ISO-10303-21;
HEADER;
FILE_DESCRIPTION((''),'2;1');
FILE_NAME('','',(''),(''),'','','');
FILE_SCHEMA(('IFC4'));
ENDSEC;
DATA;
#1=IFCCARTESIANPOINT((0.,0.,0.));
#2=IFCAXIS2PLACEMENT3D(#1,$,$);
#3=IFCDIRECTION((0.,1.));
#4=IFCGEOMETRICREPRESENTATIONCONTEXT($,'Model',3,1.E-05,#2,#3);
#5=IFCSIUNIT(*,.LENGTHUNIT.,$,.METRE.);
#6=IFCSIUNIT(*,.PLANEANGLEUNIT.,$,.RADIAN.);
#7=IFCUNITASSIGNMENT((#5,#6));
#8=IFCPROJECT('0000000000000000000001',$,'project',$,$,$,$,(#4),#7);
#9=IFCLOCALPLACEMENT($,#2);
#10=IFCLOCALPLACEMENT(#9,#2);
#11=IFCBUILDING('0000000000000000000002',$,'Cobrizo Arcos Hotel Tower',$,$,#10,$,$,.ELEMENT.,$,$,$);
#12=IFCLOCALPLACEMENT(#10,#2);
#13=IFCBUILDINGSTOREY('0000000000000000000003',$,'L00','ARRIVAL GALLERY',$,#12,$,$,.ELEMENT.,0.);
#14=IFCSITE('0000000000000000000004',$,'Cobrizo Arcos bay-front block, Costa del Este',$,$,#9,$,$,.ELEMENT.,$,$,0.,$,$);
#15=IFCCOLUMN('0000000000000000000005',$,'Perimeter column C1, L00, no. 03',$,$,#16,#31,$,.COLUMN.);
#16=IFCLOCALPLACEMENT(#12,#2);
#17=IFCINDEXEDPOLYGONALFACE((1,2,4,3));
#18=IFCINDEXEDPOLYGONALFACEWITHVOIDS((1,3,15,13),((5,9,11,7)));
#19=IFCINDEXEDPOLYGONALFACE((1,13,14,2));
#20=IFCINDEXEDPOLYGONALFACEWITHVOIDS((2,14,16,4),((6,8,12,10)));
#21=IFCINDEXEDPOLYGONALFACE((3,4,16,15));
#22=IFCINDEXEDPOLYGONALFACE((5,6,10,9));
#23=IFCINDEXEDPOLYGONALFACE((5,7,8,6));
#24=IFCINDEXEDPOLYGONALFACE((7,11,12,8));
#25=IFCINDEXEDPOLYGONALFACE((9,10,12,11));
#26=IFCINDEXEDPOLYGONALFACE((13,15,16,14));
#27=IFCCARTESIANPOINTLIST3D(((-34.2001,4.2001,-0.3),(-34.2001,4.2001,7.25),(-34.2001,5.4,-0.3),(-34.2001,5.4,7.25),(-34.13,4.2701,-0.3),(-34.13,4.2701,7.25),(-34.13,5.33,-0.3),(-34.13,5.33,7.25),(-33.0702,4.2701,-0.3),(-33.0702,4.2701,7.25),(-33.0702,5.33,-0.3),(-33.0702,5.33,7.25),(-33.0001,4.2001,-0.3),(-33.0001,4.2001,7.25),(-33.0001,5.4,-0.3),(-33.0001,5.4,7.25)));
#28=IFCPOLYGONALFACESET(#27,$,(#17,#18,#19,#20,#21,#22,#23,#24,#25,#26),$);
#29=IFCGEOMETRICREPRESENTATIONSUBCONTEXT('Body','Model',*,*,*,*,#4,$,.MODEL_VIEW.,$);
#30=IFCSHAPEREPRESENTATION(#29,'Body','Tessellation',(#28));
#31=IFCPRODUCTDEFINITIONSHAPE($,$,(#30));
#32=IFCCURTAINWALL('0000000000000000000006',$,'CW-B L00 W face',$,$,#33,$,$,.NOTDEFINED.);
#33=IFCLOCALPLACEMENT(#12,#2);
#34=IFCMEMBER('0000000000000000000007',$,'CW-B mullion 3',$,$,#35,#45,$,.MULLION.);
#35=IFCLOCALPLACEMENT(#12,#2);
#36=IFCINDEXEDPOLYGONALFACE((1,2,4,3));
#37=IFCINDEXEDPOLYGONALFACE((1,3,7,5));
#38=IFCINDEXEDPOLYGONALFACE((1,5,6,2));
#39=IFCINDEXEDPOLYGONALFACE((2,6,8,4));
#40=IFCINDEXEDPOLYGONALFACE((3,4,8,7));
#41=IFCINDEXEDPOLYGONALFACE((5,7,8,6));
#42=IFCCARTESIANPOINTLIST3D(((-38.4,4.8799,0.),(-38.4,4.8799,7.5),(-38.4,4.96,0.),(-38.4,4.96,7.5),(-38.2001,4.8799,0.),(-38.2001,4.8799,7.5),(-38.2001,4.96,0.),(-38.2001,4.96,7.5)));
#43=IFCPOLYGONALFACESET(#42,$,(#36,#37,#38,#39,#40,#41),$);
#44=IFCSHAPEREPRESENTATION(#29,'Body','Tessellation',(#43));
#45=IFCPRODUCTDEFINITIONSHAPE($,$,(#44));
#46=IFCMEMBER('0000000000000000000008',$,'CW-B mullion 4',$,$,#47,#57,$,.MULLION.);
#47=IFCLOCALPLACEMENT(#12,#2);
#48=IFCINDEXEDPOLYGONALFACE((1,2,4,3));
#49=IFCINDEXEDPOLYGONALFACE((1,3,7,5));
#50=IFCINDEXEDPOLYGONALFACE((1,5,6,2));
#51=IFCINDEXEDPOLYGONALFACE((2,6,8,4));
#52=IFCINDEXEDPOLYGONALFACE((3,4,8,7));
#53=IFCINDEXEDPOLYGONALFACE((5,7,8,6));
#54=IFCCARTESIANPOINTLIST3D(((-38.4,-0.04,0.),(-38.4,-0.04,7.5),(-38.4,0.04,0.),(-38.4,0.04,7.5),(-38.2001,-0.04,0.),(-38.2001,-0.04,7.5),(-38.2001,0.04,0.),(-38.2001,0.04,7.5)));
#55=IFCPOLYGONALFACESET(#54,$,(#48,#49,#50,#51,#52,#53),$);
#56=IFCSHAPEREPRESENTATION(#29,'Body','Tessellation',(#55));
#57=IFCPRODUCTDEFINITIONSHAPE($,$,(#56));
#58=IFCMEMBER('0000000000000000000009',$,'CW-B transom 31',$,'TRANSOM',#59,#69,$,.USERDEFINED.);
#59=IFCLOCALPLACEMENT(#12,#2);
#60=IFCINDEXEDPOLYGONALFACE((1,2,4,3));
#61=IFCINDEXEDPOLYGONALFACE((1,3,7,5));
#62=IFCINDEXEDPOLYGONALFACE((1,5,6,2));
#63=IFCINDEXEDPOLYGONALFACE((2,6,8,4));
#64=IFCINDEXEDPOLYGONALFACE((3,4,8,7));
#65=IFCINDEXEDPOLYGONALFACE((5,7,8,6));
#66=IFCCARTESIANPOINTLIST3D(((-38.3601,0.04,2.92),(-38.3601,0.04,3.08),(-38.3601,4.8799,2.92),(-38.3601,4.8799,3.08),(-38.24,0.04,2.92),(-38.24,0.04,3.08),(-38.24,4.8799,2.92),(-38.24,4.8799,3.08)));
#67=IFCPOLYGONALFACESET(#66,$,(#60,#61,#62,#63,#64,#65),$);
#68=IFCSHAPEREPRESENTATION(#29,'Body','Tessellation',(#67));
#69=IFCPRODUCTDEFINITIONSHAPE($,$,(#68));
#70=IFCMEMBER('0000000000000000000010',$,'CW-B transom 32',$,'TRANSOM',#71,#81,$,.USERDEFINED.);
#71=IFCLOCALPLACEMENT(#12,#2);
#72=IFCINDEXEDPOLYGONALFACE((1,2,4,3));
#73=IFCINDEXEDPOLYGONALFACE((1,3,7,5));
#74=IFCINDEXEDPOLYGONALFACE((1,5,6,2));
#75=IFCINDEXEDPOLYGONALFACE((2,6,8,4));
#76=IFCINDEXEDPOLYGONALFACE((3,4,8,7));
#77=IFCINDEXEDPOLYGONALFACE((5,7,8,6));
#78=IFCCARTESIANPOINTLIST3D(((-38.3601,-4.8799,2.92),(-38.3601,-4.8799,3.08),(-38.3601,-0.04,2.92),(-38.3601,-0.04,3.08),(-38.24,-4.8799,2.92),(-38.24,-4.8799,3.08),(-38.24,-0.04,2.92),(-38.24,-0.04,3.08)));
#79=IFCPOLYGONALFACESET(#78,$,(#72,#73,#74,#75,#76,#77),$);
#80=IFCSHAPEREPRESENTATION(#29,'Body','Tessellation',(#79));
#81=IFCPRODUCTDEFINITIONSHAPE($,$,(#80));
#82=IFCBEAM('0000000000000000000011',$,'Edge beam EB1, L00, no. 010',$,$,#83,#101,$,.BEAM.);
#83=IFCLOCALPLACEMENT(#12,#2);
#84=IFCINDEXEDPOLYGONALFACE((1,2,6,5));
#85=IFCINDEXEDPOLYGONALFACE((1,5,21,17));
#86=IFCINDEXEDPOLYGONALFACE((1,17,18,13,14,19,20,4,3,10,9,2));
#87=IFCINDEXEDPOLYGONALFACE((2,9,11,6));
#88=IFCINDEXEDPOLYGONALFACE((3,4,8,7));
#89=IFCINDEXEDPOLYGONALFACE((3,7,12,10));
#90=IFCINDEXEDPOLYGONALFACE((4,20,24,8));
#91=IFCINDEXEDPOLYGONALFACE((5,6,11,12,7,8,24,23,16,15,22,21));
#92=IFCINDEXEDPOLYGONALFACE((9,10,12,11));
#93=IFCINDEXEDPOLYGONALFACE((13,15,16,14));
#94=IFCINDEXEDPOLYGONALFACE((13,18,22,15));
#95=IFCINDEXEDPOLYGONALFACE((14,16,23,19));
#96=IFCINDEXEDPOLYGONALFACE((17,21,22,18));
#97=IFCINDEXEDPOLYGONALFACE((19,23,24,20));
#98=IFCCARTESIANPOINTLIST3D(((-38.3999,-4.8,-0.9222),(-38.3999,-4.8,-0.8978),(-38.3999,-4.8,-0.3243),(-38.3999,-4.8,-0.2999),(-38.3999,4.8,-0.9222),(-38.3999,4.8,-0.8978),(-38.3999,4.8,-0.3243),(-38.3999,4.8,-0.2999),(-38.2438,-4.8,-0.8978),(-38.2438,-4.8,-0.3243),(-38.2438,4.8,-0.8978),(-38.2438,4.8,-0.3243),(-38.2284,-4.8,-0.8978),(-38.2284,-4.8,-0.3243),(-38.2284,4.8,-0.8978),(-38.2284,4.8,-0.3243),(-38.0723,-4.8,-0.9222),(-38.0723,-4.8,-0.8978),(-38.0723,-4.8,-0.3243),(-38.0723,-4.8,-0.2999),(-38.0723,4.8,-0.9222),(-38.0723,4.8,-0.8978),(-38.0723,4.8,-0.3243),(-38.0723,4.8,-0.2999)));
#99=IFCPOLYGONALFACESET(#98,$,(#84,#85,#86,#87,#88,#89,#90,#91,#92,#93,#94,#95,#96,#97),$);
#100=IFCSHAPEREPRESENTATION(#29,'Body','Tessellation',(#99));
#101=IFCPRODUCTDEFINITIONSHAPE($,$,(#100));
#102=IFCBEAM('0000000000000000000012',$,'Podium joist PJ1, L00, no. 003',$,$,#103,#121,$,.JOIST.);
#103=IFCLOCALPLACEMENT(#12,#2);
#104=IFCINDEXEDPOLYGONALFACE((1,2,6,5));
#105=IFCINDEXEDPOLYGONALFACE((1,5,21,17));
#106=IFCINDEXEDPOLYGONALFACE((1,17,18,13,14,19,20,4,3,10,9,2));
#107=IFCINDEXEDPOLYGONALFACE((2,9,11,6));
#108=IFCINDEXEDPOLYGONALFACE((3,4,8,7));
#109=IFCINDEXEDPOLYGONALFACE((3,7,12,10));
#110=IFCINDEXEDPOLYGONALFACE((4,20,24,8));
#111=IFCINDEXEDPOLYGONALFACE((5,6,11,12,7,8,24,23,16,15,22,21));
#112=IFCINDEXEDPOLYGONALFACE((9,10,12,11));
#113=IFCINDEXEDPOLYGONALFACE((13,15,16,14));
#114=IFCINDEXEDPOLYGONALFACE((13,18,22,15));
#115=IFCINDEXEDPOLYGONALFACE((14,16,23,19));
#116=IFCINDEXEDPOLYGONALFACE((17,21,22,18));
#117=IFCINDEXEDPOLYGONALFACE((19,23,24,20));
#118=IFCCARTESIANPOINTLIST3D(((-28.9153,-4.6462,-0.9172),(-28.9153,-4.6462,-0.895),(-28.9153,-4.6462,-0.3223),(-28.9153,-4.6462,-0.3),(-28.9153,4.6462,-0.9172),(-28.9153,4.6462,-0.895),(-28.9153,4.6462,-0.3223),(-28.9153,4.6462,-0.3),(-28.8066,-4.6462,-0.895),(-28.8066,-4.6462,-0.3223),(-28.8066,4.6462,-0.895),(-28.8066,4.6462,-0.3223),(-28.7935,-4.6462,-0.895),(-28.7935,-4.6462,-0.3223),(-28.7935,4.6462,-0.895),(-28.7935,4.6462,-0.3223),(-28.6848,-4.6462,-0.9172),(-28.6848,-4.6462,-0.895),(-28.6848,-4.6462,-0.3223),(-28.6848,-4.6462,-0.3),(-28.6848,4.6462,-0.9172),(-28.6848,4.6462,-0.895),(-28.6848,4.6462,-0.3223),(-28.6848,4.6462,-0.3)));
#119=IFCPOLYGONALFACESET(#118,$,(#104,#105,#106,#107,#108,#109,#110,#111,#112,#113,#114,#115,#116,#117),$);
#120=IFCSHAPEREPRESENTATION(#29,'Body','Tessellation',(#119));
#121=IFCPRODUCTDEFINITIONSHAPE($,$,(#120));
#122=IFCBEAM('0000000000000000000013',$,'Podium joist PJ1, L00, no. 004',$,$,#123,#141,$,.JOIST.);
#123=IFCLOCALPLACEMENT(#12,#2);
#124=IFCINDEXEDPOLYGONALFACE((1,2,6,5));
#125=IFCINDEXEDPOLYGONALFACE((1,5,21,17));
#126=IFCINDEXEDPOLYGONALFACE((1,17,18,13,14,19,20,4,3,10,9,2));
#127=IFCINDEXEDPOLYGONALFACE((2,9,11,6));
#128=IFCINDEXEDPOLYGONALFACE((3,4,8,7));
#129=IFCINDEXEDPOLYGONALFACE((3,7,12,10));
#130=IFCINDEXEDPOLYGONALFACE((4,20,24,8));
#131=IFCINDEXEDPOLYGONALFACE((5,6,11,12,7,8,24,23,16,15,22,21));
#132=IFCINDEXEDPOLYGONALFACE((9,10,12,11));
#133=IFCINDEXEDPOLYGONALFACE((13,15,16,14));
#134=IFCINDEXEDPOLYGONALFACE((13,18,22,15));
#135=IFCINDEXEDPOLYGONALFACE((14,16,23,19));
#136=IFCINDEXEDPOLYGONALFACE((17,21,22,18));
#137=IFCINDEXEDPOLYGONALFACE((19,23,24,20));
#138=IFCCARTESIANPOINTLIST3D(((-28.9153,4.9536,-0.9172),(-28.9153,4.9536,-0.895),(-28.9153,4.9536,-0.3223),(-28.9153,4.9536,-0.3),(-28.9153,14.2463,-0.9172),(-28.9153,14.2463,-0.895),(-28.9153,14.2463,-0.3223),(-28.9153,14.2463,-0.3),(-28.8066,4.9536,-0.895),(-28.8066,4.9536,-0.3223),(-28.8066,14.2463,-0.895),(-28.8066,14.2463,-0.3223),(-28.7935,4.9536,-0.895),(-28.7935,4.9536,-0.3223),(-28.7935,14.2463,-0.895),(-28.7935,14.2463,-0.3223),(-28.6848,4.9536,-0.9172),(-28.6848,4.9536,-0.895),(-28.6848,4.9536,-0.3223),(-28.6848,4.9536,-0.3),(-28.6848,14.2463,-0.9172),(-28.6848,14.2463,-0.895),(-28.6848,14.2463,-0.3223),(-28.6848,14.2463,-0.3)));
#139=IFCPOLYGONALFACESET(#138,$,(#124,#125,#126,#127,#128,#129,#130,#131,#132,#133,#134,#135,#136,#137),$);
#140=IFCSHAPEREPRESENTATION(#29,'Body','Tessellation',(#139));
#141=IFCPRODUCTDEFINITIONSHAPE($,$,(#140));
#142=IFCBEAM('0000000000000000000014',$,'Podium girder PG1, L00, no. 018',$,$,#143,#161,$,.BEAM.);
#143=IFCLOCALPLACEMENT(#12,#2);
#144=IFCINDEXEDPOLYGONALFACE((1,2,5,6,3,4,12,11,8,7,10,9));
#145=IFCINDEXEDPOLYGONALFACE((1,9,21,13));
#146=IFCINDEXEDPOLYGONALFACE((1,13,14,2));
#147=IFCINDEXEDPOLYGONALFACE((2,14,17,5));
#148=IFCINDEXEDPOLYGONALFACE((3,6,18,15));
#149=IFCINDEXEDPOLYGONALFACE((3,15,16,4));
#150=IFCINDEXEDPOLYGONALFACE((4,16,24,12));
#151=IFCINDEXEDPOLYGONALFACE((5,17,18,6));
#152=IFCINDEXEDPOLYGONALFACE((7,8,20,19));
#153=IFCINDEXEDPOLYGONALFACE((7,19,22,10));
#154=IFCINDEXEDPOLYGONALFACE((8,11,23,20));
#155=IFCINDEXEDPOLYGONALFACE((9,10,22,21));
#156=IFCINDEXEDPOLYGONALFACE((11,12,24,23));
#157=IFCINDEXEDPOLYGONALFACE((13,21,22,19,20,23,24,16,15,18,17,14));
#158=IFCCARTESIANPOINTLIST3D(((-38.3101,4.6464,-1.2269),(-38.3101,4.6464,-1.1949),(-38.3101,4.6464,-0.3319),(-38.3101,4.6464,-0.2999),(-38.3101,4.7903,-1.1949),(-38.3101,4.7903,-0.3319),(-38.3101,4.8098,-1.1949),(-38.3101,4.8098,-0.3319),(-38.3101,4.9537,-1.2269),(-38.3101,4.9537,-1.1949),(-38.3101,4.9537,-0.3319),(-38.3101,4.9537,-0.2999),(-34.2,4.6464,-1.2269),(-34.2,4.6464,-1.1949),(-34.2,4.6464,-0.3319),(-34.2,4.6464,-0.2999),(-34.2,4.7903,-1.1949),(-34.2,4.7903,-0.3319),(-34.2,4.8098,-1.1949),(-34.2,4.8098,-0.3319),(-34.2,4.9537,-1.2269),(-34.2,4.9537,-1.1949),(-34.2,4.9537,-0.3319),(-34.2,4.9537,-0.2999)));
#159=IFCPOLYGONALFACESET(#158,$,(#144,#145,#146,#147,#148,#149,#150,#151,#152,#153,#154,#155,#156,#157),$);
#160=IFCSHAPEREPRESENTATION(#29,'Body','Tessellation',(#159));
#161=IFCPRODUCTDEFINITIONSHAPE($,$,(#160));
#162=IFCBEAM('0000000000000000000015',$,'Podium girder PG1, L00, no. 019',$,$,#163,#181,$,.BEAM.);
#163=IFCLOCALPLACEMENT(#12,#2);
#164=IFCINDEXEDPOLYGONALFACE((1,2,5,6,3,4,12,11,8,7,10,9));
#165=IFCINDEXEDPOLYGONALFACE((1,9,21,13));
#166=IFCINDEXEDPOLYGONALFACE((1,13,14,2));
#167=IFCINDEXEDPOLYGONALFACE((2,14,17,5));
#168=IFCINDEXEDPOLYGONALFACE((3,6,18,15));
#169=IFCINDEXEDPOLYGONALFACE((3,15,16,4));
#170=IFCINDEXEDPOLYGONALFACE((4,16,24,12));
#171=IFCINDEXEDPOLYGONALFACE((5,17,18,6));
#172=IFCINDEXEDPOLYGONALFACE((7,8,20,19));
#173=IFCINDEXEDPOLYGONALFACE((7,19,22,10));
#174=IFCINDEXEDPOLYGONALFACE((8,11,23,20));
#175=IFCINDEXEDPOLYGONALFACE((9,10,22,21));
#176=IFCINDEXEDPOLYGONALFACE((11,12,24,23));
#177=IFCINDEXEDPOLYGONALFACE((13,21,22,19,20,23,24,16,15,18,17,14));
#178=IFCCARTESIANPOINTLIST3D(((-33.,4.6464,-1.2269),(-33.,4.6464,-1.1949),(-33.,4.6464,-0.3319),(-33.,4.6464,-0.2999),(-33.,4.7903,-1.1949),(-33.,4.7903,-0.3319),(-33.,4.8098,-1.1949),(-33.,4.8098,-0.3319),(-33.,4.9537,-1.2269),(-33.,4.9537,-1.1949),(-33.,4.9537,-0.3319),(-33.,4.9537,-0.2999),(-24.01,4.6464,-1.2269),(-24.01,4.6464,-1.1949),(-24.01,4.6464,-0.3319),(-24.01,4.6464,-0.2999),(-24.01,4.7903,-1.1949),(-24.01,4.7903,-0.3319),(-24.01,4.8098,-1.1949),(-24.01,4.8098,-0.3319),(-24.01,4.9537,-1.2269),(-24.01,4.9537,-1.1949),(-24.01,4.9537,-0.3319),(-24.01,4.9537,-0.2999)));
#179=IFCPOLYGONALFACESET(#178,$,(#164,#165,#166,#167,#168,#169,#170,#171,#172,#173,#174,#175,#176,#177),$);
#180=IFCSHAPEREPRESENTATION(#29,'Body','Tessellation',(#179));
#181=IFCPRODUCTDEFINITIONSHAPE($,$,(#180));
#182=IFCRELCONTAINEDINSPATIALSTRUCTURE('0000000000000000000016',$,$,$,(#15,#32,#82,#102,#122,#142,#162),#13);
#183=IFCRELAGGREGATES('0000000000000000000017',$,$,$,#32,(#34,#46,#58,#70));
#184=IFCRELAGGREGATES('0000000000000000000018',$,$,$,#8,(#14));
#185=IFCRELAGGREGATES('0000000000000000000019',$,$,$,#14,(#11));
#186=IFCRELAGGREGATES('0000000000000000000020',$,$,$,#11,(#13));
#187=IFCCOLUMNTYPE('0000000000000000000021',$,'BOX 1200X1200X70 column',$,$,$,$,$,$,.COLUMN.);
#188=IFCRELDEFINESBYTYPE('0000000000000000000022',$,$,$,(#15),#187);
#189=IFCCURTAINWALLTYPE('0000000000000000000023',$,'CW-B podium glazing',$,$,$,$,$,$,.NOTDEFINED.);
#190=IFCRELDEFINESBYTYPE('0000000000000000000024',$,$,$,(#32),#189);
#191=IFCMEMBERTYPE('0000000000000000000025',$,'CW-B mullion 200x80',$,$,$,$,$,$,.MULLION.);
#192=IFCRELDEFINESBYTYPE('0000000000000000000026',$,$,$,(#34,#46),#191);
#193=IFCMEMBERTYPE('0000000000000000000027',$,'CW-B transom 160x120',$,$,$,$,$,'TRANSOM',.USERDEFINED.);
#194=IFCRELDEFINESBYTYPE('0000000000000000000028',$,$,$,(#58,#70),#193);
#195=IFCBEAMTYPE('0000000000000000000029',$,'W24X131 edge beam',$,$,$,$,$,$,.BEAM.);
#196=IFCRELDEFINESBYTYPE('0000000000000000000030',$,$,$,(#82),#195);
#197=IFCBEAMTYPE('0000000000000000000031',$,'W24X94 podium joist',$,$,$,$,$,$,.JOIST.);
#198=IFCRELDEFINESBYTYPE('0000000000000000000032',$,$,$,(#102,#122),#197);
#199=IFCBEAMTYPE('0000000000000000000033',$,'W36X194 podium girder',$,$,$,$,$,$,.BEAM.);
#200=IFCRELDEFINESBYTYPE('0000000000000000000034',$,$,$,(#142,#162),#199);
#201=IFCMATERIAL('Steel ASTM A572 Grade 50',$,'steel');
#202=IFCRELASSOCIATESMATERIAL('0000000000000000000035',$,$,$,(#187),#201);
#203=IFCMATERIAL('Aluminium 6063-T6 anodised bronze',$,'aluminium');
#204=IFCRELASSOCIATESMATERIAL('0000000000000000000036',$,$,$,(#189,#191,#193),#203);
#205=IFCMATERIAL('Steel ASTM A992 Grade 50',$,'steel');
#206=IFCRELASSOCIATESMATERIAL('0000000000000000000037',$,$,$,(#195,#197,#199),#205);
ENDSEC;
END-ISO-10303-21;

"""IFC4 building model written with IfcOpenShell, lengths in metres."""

from ifc_helpers import new_model, si_unit, direction, frame, origin, origin_2d, place, context, subcontext, project, spatial, rectangle, hollow_rectangle, i_section, extrude, material, material_profile, profile_set, type_object, element, aggregate, save


model = new_model("IFC4")

# Units and contexts
model_context = context("Model", 3, precision=1e-05, world=origin(), true_north=direction((0.0, 1.0)))
body_context = subcontext(model_context, "Body", "Model", "MODEL_VIEW")
ifc_project = project(units=[si_unit("LENGTHUNIT", "METRE"), si_unit("PLANEANGLEUNIT", "RADIAN")], contexts=[model_context])

# Site, building, storey
site_placement = place(None, origin())
site = spatial("IfcSite", under=ifc_project, at=site_placement, Name="Cobrizo Arcos bay-front block, Costa del Este", CompositionType="ELEMENT", RefElevation=0.0)
building_placement = place(site_placement, origin())
building = spatial("IfcBuilding", under=site, at=building_placement, Name="Cobrizo Arcos Hotel Tower", CompositionType="ELEMENT")
storey_placement = place(building_placement, origin())
storey = spatial("IfcBuildingStorey", under=building, at=storey_placement, Name="L00", Description="ARRIVAL GALLERY", CompositionType="ELEMENT", Elevation=0.0)

# Column
ifc_material_1 = material(Name="Steel ASTM A572 Grade 50", Category="steel")
ifc_material_profile_1 = material_profile(ifc_material_1, hollow_rectangle(XDim=1.2, YDim=1.2, WallThickness=0.0701, at=origin_2d()), Name="BOX 1200X1200X70")
ifc_profile_set_1 = profile_set([ifc_material_profile_1], Name="Steel ASTM A572 Grade 50")
column_type = type_object("IfcColumnType", Name="BOX 1200X1200X70 column", PredefinedType="COLUMN", material=ifc_profile_set_1)
column_placement = place(storey_placement, frame((-33.6001, 4.8, -0.3), z_axis=(0.0, 0.0, 1.0), x_axis=(1.0, 0.0, 0.0)))
element("IfcColumn", 1, at=column_placement, inside=storey, type_object=column_type, Name="Perimeter column C1, L00, no. 03", PredefinedType="COLUMN", context=body_context, shape_type="SweptSolid", body=[
    extrude(hollow_rectangle(XDim=1.2, YDim=1.2, WallThickness=0.0701, at=origin_2d()), origin(), (0.0, 0.0, 1.0), 7.55),
])

# Curtain wall, members
ifc_material_2 = material(Name="Aluminium 6063-T6 anodised bronze", Category="aluminium")
curtain_wall_type = type_object("IfcCurtainWallType", Name="CW-B podium glazing", PredefinedType="NOTDEFINED", material=ifc_material_2)
curtain_wall_placement = place(storey_placement, origin())
curtain_wall = element("IfcCurtainWall", 2, at=curtain_wall_placement, inside=storey, type_object=curtain_wall_type, Name="CW-B L00 W face", PredefinedType="NOTDEFINED")
ifc_material_profile_2 = material_profile(ifc_material_2, rectangle(XDim=0.2, YDim=0.0801, at=origin_2d()), Name="CW-B mullion 200x80")
ifc_profile_set_2 = profile_set([ifc_material_profile_2], Name="Aluminium 6063-T6 anodised bronze")
member_type_1 = type_object("IfcMemberType", Name="CW-B mullion 200x80", PredefinedType="MULLION", material=ifc_profile_set_2)
member_1_placement = place(storey_placement, frame((-38.3, 4.9199, 0.0), z_axis=(0.0, 0.0, 1.0), x_axis=(-1.0, 0.0, 0.0)))
member_1 = element("IfcMember", 3, at=member_1_placement, type_object=member_type_1, Name="CW-B mullion 3", PredefinedType="MULLION", context=body_context, shape_type="SweptSolid", body=[
    extrude(rectangle(XDim=0.2, YDim=0.0801, at=origin_2d()), origin(), (0.0, 0.0, 1.0), 7.5),
])
member_2_placement = place(storey_placement, frame((-38.3, 0.0, 0.0), z_axis=(0.0, 0.0, 1.0), x_axis=(-1.0, 0.0, 0.0)))
member_2 = element("IfcMember", 4, at=member_2_placement, type_object=member_type_1, Name="CW-B mullion 4", PredefinedType="MULLION", context=body_context, shape_type="SweptSolid", body=[
    extrude(rectangle(XDim=0.2, YDim=0.0801, at=origin_2d()), origin(), (0.0, 0.0, 1.0), 7.5),
])
ifc_material_profile_3 = material_profile(ifc_material_2, rectangle(XDim=0.1201, YDim=0.1599, at=origin_2d()), Name="CW-B transom 160x120")
ifc_profile_set_3 = profile_set([ifc_material_profile_3], Name="Aluminium 6063-T6 anodised bronze")
member_type_2 = type_object("IfcMemberType", Name="CW-B transom 160x120", ElementType="TRANSOM", PredefinedType="USERDEFINED", material=ifc_profile_set_3)
member_3_placement = place(storey_placement, frame((-38.3, 4.8799, 3.0), z_axis=(0.0, -1.0, 0.0), x_axis=(1.0, 0.0, 0.0)))
member_3 = element("IfcMember", 5, at=member_3_placement, type_object=member_type_2, Name="CW-B transom 31", ObjectType="TRANSOM", PredefinedType="USERDEFINED", context=body_context, shape_type="SweptSolid", body=[
    extrude(rectangle(XDim=0.1201, YDim=0.1599, at=origin_2d()), origin(), (0.0, 0.0, 1.0), 4.8398),
])
member_4_placement = place(storey_placement, frame((-38.3, -0.04, 3.0), z_axis=(0.0, -1.0, 0.0), x_axis=(1.0, 0.0, 0.0)))
member_4 = element("IfcMember", 6, at=member_4_placement, type_object=member_type_2, Name="CW-B transom 32", ObjectType="TRANSOM", PredefinedType="USERDEFINED", context=body_context, shape_type="SweptSolid", body=[
    extrude(rectangle(XDim=0.1201, YDim=0.1599, at=origin_2d()), origin(), (0.0, 0.0, 1.0), 4.8398),
])

# Beams
ifc_material_3 = material(Name="Steel ASTM A992 Grade 50", Category="steel")
ifc_material_profile_4 = material_profile(ifc_material_3, i_section(OverallWidth=0.3276, OverallDepth=0.6223, WebThickness=0.0154, FlangeThickness=0.0244, at=origin_2d()), Name="W24X131")
ifc_profile_set_4 = profile_set([ifc_material_profile_4], Name="Steel ASTM A992 Grade 50")
beam_type_1 = type_object("IfcBeamType", Name="W24X131 edge beam", PredefinedType="BEAM", material=ifc_profile_set_4)
beam_1_placement = place(storey_placement, frame((-38.2361, 4.8, -0.6111), z_axis=(0.0, -1.0, 0.0), x_axis=(1.0, 0.0, 0.0)))
element("IfcBeam", 7, at=beam_1_placement, inside=storey, type_object=beam_type_1, Name="Edge beam EB1, L00, no. 010", PredefinedType="BEAM", context=body_context, shape_type="SweptSolid", body=[
    extrude(i_section(OverallWidth=0.3276, OverallDepth=0.6223, WebThickness=0.0154, FlangeThickness=0.0244, at=origin_2d()), origin(), (0.0, 0.0, 1.0), 9.6001),
])
ifc_material_profile_5 = material_profile(ifc_material_3, i_section(OverallWidth=0.2305, OverallDepth=0.6172, WebThickness=0.0132, FlangeThickness=0.0222, at=origin_2d()), Name="W24X94")
ifc_profile_set_5 = profile_set([ifc_material_profile_5], Name="Steel ASTM A992 Grade 50")
beam_type_2 = type_object("IfcBeamType", Name="W24X94 podium joist", PredefinedType="JOIST", material=ifc_profile_set_5)
beam_2_placement = place(storey_placement, frame((-28.8, -4.6462, -0.6086), z_axis=(0.0, 1.0, 0.0), x_axis=(-1.0, 0.0, 0.0)))
element("IfcBeam", 8, at=beam_2_placement, inside=storey, type_object=beam_type_2, Name="Podium joist PJ1, L00, no. 003", PredefinedType="JOIST", context=body_context, shape_type="SweptSolid", body=[
    extrude(i_section(OverallWidth=0.2305, OverallDepth=0.6172, WebThickness=0.0132, FlangeThickness=0.0222, at=origin_2d()), origin(), (0.0, 0.0, 1.0), 9.2925),
])
beam_3_placement = place(storey_placement, frame((-28.8, 4.9536, -0.6086), z_axis=(0.0, 1.0, 0.0), x_axis=(-1.0, 0.0, 0.0)))
element("IfcBeam", 9, at=beam_3_placement, inside=storey, type_object=beam_type_2, Name="Podium joist PJ1, L00, no. 004", PredefinedType="JOIST", context=body_context, shape_type="SweptSolid", body=[
    extrude(i_section(OverallWidth=0.2305, OverallDepth=0.6172, WebThickness=0.0132, FlangeThickness=0.0222, at=origin_2d()), origin(), (0.0, 0.0, 1.0), 9.2927),
])
ifc_material_profile_6 = material_profile(ifc_material_3, i_section(OverallWidth=0.3074, OverallDepth=0.927, WebThickness=0.0195, FlangeThickness=0.032, at=origin_2d()), Name="W36X194")
ifc_profile_set_6 = profile_set([ifc_material_profile_6], Name="Steel ASTM A992 Grade 50")
beam_type_3 = type_object("IfcBeamType", Name="W36X194 podium girder", PredefinedType="BEAM", material=ifc_profile_set_6)
beam_4_placement = place(storey_placement, frame((-38.3101, 4.8, -0.7634), z_axis=(1.0, 0.0, 0.0), x_axis=(0.0, 1.0, 0.0)))
element("IfcBeam", 10, at=beam_4_placement, inside=storey, type_object=beam_type_3, Name="Podium girder PG1, L00, no. 018", PredefinedType="BEAM", context=body_context, shape_type="SweptSolid", body=[
    extrude(i_section(OverallWidth=0.3074, OverallDepth=0.927, WebThickness=0.0195, FlangeThickness=0.032, at=origin_2d()), origin(), (0.0, 0.0, 1.0), 4.1101),
])
beam_5_placement = place(storey_placement, frame((-33.0, 4.8, -0.7634), z_axis=(1.0, 0.0, 0.0), x_axis=(0.0, 1.0, 0.0)))
element("IfcBeam", 11, at=beam_5_placement, inside=storey, type_object=beam_type_3, Name="Podium girder PG1, L00, no. 019", PredefinedType="BEAM", context=body_context, shape_type="SweptSolid", body=[
    extrude(i_section(OverallWidth=0.3074, OverallDepth=0.927, WebThickness=0.0195, FlangeThickness=0.032, at=origin_2d()), origin(), (0.0, 0.0, 1.0), 8.99),
])

aggregate(curtain_wall, [member_1, member_2, member_3, member_4])

save(model, "model.ifc")
